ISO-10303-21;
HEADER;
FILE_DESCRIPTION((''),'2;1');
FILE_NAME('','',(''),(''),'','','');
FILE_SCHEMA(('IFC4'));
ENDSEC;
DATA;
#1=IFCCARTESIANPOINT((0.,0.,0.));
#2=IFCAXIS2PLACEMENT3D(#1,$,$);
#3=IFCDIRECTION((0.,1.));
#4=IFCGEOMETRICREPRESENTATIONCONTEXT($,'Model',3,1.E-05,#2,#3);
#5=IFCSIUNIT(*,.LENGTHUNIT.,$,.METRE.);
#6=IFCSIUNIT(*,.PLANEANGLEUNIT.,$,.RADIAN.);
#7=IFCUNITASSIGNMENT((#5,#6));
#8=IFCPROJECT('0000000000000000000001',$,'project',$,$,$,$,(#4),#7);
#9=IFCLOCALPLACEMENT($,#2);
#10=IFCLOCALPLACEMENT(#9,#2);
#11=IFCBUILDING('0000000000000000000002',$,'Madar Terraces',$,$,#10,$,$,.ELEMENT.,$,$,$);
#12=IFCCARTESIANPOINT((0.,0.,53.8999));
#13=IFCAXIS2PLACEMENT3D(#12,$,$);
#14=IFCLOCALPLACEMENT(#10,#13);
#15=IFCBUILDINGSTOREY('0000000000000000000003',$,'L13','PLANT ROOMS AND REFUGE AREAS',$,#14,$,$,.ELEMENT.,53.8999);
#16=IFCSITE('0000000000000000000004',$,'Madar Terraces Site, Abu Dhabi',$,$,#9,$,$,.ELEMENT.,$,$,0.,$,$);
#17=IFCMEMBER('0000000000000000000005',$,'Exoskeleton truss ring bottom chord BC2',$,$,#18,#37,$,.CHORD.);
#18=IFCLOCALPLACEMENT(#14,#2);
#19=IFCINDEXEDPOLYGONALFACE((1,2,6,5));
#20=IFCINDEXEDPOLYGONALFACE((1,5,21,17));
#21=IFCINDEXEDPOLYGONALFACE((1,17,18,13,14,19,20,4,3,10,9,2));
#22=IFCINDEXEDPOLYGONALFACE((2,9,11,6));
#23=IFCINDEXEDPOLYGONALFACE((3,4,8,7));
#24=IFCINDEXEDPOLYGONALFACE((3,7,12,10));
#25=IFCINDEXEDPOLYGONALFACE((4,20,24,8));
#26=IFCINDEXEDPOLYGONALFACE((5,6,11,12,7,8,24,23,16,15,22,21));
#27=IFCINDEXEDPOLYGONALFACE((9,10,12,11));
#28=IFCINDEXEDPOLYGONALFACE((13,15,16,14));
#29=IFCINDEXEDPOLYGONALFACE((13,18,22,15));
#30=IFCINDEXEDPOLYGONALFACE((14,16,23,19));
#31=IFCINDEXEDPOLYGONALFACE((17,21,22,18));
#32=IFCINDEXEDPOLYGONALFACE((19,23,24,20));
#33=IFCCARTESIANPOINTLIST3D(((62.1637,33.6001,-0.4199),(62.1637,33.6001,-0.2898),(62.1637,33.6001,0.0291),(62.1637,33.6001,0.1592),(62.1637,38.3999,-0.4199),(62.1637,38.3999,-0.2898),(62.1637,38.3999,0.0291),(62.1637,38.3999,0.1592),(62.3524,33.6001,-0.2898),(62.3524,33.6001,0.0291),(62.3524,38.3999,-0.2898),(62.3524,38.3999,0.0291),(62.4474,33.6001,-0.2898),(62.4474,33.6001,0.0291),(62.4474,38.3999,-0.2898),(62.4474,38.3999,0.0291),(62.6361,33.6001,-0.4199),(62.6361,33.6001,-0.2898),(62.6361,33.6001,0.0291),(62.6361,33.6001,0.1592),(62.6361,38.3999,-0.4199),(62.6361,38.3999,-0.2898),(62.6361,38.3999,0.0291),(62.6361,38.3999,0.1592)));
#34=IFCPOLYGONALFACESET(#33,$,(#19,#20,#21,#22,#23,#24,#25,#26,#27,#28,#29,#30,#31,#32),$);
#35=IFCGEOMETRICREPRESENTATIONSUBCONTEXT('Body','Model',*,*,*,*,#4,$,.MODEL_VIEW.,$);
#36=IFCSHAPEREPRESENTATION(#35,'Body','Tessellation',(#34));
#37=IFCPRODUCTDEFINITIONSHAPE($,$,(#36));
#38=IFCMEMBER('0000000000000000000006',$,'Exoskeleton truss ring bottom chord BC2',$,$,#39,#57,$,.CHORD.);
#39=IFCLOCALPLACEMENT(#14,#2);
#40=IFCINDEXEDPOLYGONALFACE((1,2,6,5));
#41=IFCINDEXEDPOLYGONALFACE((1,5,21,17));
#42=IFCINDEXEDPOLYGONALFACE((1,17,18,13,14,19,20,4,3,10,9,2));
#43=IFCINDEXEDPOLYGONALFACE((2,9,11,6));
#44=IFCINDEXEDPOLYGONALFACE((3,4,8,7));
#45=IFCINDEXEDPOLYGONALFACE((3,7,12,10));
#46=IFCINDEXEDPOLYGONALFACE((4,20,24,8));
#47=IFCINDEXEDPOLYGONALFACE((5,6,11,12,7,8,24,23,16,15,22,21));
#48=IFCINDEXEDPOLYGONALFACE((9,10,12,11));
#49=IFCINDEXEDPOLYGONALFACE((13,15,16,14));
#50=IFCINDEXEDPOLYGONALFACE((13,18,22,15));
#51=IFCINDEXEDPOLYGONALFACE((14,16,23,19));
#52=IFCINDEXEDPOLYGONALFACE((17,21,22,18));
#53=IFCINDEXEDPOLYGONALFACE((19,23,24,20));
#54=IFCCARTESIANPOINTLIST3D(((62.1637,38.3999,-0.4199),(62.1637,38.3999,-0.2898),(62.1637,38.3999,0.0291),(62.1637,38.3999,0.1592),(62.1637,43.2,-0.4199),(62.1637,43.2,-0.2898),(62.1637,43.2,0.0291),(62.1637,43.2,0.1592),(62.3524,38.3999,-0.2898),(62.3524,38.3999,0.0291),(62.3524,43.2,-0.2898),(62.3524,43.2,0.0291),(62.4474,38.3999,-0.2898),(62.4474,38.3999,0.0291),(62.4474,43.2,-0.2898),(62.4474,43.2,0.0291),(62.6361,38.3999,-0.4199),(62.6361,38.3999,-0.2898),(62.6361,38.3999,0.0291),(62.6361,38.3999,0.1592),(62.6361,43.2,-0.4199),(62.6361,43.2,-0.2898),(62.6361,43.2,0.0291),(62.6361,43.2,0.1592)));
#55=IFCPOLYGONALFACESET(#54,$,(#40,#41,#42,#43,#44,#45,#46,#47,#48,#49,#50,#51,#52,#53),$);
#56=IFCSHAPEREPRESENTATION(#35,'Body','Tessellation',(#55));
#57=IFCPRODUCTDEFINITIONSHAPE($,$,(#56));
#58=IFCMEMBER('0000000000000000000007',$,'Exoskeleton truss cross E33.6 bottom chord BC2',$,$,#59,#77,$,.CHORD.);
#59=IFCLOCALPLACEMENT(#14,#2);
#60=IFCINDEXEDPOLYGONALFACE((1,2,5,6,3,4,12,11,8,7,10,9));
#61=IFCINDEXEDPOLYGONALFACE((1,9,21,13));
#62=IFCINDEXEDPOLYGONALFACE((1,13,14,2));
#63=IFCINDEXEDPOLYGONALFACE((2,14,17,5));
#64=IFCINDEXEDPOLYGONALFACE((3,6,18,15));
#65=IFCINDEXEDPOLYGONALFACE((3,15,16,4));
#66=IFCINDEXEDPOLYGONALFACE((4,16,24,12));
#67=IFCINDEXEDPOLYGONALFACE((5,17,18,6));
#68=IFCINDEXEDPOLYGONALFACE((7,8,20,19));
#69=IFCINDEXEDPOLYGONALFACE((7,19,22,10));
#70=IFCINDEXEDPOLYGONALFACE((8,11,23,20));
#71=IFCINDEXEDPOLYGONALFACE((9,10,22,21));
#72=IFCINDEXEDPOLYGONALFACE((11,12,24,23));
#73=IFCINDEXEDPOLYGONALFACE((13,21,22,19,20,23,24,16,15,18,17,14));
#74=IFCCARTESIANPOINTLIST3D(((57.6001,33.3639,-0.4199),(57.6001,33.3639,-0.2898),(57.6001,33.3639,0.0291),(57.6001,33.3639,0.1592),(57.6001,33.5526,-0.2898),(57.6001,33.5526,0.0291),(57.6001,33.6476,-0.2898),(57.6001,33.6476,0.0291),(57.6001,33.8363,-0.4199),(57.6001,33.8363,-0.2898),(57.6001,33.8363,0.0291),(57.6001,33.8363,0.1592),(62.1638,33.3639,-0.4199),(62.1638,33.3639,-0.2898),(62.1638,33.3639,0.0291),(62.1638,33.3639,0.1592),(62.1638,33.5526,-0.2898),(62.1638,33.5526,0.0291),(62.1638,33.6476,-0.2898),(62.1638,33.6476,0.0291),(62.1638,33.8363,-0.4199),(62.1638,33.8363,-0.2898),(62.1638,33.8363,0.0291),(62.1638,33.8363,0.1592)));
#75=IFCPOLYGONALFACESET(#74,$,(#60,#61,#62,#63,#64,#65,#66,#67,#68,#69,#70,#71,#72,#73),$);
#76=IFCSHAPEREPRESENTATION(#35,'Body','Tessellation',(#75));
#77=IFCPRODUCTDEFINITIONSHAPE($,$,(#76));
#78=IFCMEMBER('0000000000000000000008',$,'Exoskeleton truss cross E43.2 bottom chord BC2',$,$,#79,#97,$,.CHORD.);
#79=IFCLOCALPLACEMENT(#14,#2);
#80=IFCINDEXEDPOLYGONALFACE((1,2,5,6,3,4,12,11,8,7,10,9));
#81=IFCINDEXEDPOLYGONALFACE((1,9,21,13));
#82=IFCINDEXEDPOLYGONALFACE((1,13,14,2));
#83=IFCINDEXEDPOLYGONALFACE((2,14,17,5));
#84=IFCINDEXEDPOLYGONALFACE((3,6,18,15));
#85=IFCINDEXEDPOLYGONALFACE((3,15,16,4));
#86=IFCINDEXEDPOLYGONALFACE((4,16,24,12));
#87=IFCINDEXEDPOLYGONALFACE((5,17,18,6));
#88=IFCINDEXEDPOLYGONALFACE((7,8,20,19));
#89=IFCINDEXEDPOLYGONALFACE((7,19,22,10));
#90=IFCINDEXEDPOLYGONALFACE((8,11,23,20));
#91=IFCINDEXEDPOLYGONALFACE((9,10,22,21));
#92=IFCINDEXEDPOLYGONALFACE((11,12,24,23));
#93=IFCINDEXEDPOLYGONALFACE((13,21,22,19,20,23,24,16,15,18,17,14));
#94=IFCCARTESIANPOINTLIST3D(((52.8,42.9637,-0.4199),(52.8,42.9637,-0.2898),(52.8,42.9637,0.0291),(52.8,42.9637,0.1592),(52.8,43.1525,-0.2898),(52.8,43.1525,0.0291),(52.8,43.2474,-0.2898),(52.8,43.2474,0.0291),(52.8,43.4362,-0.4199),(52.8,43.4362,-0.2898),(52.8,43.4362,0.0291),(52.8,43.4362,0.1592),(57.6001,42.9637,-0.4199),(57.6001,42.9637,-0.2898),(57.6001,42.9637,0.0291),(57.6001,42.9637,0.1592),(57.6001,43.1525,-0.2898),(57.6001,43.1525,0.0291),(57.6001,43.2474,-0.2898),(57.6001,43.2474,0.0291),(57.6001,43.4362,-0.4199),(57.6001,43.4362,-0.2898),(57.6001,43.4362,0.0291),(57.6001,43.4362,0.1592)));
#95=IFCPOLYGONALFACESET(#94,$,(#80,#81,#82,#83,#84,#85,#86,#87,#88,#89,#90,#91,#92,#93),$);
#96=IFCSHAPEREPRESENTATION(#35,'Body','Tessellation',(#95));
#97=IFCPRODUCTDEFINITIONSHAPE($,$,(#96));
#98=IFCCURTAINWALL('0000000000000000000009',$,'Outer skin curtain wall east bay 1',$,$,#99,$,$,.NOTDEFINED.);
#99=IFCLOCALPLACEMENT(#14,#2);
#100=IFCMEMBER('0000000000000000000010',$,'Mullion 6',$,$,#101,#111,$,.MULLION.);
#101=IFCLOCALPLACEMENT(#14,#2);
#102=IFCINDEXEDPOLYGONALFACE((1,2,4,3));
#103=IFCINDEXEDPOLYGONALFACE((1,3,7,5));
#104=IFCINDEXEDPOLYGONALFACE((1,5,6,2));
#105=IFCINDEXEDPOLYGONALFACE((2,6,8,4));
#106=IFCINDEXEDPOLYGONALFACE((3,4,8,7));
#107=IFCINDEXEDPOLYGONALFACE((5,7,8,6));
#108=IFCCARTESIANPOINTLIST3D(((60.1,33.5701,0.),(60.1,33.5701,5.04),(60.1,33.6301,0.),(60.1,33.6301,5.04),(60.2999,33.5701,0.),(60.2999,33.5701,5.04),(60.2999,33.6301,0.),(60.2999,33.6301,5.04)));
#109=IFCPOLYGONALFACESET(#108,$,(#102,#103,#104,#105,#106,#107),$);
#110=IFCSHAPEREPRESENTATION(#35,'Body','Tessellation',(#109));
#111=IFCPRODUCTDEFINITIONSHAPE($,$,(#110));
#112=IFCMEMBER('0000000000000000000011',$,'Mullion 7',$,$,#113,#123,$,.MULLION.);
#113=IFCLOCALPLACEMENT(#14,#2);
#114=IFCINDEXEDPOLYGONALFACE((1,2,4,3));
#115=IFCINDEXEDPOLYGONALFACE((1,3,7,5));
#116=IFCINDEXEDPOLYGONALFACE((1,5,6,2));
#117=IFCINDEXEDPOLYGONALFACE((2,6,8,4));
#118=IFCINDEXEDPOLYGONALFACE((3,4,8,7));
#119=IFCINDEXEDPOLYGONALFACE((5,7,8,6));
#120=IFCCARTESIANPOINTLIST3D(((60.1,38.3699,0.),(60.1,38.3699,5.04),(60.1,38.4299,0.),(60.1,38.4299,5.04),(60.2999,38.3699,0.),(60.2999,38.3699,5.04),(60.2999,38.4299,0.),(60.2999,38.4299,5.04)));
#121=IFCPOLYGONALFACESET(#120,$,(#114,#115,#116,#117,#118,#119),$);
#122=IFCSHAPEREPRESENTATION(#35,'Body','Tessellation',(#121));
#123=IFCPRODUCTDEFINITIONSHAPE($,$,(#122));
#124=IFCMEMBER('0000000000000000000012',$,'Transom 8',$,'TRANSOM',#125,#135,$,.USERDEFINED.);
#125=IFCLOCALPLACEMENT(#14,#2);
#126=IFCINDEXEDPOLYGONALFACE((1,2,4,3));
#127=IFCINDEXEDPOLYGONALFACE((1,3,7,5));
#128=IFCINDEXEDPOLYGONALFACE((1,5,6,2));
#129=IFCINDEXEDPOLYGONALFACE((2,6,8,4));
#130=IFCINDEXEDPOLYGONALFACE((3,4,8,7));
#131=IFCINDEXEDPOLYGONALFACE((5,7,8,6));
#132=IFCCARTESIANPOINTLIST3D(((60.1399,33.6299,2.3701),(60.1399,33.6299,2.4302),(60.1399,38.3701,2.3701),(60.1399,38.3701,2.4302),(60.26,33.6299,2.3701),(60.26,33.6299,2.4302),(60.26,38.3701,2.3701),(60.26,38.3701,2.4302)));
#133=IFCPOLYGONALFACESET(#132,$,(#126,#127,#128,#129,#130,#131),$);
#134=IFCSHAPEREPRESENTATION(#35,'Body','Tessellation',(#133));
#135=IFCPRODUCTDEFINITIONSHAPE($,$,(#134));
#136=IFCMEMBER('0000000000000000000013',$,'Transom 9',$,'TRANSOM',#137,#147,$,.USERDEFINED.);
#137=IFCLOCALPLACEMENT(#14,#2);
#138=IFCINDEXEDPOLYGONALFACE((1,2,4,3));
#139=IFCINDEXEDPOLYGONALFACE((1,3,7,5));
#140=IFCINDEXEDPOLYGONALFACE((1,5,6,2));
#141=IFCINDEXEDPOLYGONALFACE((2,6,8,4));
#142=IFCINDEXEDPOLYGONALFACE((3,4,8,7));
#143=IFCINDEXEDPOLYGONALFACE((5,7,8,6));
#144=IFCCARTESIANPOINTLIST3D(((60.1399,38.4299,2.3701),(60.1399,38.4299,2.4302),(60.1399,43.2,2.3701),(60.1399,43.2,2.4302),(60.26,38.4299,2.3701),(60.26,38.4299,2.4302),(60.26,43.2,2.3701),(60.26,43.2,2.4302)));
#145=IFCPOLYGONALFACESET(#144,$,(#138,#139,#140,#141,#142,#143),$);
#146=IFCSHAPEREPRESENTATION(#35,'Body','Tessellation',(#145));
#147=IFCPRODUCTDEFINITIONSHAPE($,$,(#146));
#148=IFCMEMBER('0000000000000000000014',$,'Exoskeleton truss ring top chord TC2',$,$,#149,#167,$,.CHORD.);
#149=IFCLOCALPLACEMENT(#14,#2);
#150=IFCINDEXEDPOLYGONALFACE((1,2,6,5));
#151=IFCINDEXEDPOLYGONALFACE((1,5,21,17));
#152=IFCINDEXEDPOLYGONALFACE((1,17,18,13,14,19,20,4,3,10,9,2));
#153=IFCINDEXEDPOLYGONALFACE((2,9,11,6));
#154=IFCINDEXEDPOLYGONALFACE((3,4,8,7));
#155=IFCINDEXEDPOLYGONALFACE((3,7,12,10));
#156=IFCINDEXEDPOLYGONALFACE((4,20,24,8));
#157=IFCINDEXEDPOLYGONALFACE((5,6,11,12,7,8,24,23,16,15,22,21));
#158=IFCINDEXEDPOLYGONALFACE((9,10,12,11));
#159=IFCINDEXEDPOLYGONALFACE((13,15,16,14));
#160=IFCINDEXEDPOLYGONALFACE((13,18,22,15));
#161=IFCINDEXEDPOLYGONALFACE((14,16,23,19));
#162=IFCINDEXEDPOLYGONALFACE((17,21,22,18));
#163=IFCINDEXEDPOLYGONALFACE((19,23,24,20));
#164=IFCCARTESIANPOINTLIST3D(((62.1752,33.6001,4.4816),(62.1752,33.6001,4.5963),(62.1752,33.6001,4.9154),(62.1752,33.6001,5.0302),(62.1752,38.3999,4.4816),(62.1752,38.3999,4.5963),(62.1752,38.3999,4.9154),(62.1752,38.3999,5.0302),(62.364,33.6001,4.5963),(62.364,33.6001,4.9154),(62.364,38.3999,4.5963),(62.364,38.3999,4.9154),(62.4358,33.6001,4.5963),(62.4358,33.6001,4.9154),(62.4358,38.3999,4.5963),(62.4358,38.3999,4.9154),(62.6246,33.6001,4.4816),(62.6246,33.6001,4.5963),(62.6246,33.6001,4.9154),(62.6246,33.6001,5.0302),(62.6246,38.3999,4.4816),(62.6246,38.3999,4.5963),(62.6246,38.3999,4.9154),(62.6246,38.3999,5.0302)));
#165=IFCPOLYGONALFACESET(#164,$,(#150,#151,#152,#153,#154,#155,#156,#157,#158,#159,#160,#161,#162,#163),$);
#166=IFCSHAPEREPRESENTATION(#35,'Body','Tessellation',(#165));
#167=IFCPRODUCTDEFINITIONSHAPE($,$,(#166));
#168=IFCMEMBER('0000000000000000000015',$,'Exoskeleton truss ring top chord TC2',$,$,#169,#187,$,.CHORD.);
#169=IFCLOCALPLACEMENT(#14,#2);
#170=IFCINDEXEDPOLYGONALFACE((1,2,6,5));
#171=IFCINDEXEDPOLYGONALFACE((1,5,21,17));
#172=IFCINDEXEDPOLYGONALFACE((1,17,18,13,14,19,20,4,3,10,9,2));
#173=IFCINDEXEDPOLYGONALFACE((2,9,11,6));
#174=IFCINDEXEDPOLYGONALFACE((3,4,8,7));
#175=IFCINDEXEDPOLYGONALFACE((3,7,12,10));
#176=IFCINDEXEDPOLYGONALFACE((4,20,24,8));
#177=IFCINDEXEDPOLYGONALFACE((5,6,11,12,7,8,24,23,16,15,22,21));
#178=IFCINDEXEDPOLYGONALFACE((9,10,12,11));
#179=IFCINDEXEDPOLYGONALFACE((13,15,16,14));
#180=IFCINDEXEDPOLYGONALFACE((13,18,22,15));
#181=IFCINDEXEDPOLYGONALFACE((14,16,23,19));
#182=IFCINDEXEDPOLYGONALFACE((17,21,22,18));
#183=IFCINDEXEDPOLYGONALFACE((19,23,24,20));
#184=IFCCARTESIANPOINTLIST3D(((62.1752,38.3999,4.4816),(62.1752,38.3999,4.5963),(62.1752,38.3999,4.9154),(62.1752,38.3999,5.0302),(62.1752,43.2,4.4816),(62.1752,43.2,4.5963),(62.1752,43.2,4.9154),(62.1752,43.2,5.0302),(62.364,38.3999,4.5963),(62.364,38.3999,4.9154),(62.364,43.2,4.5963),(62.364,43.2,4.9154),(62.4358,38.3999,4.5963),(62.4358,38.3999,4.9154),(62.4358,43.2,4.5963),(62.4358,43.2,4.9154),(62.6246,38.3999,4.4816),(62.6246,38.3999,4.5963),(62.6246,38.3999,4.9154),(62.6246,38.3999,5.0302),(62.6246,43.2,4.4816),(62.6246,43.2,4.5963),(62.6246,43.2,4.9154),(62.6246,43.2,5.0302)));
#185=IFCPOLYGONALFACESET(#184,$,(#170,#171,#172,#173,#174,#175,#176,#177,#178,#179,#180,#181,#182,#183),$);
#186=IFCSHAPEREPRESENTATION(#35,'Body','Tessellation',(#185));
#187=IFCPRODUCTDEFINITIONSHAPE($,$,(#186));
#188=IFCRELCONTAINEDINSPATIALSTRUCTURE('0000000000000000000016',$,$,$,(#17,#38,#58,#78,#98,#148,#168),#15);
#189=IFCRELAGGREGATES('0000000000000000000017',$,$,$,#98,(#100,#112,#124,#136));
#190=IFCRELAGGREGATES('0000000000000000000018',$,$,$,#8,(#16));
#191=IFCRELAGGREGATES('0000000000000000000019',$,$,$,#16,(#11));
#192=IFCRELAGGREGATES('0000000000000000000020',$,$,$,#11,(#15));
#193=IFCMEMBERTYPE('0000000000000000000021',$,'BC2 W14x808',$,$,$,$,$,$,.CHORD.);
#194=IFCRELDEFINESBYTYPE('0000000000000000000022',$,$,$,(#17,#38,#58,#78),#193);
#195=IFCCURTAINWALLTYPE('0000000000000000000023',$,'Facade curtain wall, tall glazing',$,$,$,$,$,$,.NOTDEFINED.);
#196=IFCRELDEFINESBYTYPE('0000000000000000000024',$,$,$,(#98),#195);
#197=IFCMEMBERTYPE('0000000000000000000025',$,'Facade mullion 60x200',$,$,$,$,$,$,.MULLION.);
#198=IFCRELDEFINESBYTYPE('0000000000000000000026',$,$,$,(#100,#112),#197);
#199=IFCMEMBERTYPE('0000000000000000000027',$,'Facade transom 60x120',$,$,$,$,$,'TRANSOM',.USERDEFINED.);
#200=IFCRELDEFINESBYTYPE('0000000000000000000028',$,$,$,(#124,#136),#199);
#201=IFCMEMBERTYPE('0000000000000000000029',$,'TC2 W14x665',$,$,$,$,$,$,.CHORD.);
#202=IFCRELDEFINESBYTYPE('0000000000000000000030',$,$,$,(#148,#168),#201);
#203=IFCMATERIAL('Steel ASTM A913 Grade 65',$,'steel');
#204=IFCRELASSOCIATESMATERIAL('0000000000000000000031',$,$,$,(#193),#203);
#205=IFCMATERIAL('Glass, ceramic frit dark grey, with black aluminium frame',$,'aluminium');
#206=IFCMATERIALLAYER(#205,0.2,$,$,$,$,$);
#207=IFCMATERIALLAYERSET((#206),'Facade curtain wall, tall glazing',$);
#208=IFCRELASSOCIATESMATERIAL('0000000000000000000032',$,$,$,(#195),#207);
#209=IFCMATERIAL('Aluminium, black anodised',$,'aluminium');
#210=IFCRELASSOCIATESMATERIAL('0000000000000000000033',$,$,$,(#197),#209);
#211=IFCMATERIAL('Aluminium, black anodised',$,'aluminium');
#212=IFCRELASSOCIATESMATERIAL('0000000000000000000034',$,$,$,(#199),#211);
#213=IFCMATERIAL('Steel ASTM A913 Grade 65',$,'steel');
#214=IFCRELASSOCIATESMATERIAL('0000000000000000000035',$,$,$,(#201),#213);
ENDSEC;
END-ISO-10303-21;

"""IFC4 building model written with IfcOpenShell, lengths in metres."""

from ifc_helpers import new_model, si_unit, direction, frame, origin, origin_2d, place, context, subcontext, project, spatial, rectangle, i_section, extrude, material, layer, layer_set, material_profile, profile_set, type_object, element, aggregate, save


model = new_model("IFC4")

# Units and contexts
model_context = context("Model", 3, precision=1e-05, world=origin(), true_north=direction((0.0, 1.0)))
body_context = subcontext(model_context, "Body", "Model", "MODEL_VIEW")
ifc_project = project(units=[si_unit("LENGTHUNIT", "METRE"), si_unit("PLANEANGLEUNIT", "RADIAN")], contexts=[model_context])

# Site, building, storey
site_placement = place(None, origin())
site = spatial("IfcSite", under=ifc_project, at=site_placement, Name="Madar Terraces Site, Abu Dhabi", CompositionType="ELEMENT", RefElevation=0.0)
building_placement = place(site_placement, origin())
building = spatial("IfcBuilding", under=site, at=building_placement, Name="Madar Terraces", CompositionType="ELEMENT")
storey_placement = place(building_placement, frame((0.0, 0.0, 53.8999)))
storey = spatial("IfcBuildingStorey", under=building, at=storey_placement, Name="L13", Description="PLANT ROOMS AND REFUGE AREAS", CompositionType="ELEMENT", Elevation=53.8999)

# Members
ifc_material_1 = material(Name="Steel ASTM A913 Grade 65", Category="steel")
ifc_material_profile_1 = material_profile(ifc_material_1, i_section(OverallWidth=0.4724, OverallDepth=0.5791, WebThickness=0.095, FlangeThickness=0.1301, at=origin_2d()), Name="W14x808")
ifc_profile_set_1 = profile_set([ifc_material_profile_1], Name="Steel ASTM A913 Grade 65")
member_type_1 = type_object("IfcMemberType", Name="BC2 W14x808", PredefinedType="CHORD", material=ifc_profile_set_1)
member_1_placement = place(storey_placement, frame((62.3999, 33.6001, -0.1304), z_axis=(0.0, 1.0, 0.0), x_axis=(-1.0, 0.0, 0.0)))
element("IfcMember", 1, at=member_1_placement, inside=storey, type_object=member_type_1, Name="Exoskeleton truss ring bottom chord BC2", PredefinedType="CHORD", context=body_context, shape_type="SweptSolid", body=[
    extrude(i_section(OverallWidth=0.4724, OverallDepth=0.5791, WebThickness=0.095, FlangeThickness=0.1301, at=origin_2d()), origin(), (0.0, 0.0, 1.0), 4.7998),
])
member_2_placement = place(storey_placement, frame((62.3999, 38.3999, -0.1304), z_axis=(0.0, 1.0, 0.0), x_axis=(-1.0, 0.0, 0.0)))
element("IfcMember", 2, at=member_2_placement, inside=storey, type_object=member_type_1, Name="Exoskeleton truss ring bottom chord BC2", PredefinedType="CHORD", context=body_context, shape_type="SweptSolid", body=[
    extrude(i_section(OverallWidth=0.4724, OverallDepth=0.5791, WebThickness=0.095, FlangeThickness=0.1301, at=origin_2d()), origin(), (0.0, 0.0, 1.0), 4.8),
])
member_3_placement = place(storey_placement, frame((62.1638, 33.6001, -0.1304), z_axis=(-1.0, 0.0, 0.0), x_axis=(0.0, -1.0, 0.0)))
element("IfcMember", 3, at=member_3_placement, inside=storey, type_object=member_type_1, Name="Exoskeleton truss cross E33.6 bottom chord BC2", PredefinedType="CHORD", context=body_context, shape_type="SweptSolid", body=[
    extrude(i_section(OverallWidth=0.4724, OverallDepth=0.5791, WebThickness=0.095, FlangeThickness=0.1301, at=origin_2d()), origin(), (0.0, 0.0, 1.0), 4.5637),
])
member_4_placement = place(storey_placement, frame((57.6001, 43.2, -0.1304), z_axis=(-1.0, 0.0, 0.0), x_axis=(0.0, -1.0, 0.0)))
element("IfcMember", 4, at=member_4_placement, inside=storey, type_object=member_type_1, Name="Exoskeleton truss cross E43.2 bottom chord BC2", PredefinedType="CHORD", context=body_context, shape_type="SweptSolid", body=[
    extrude(i_section(OverallWidth=0.4724, OverallDepth=0.5791, WebThickness=0.095, FlangeThickness=0.1301, at=origin_2d()), origin(), (0.0, 0.0, 1.0), 4.8),
])

# Curtain wall, members
ifc_material_2 = material(Name="Glass, ceramic frit dark grey, with black aluminium frame", Category="aluminium")
ifc_layer_1 = layer(ifc_material_2, 0.2)
ifc_layer_set_1 = layer_set([ifc_layer_1], Name="Facade curtain wall, tall glazing")
curtain_wall_type = type_object("IfcCurtainWallType", Name="Facade curtain wall, tall glazing", PredefinedType="NOTDEFINED", material=ifc_layer_set_1)
curtain_wall_placement = place(storey_placement, origin())
curtain_wall = element("IfcCurtainWall", 5, at=curtain_wall_placement, inside=storey, type_object=curtain_wall_type, Name="Outer skin curtain wall east bay 1", PredefinedType="NOTDEFINED")
ifc_material_3 = material(Name="Aluminium, black anodised", Category="aluminium")
ifc_material_profile_2 = material_profile(ifc_material_3, rectangle(XDim=0.2, YDim=0.0601, at=origin_2d()), Name="Facade mullion 60x200")
ifc_profile_set_2 = profile_set([ifc_material_profile_2], Name="Aluminium, black anodised")
member_type_2 = type_object("IfcMemberType", Name="Facade mullion 60x200", PredefinedType="MULLION", material=ifc_profile_set_2)
member_5_placement = place(storey_placement, frame((60.2, 33.6001, 0.0), z_axis=(0.0, 0.0, 1.0), x_axis=(-1.0, 0.0, 0.0)))
member_5 = element("IfcMember", 6, at=member_5_placement, type_object=member_type_2, Name="Mullion 6", PredefinedType="MULLION", context=body_context, shape_type="SweptSolid", body=[
    extrude(rectangle(XDim=0.2, YDim=0.0601, at=origin_2d()), origin(), (0.0, 0.0, 1.0), 5.04),
])
member_6_placement = place(storey_placement, frame((60.2, 38.3999, 0.0), z_axis=(0.0, 0.0, 1.0), x_axis=(-1.0, 0.0, 0.0)))
member_6 = element("IfcMember", 7, at=member_6_placement, type_object=member_type_2, Name="Mullion 7", PredefinedType="MULLION", context=body_context, shape_type="SweptSolid", body=[
    extrude(rectangle(XDim=0.2, YDim=0.0601, at=origin_2d()), origin(), (0.0, 0.0, 1.0), 5.04),
])
ifc_material_4 = material(Name="Aluminium, black anodised", Category="aluminium")
ifc_material_profile_3 = material_profile(ifc_material_4, rectangle(XDim=0.1201, YDim=0.0601, at=origin_2d()), Name="Facade transom 60x120")
ifc_profile_set_3 = profile_set([ifc_material_profile_3], Name="Aluminium, black anodised")
member_type_3 = type_object("IfcMemberType", Name="Facade transom 60x120", ElementType="TRANSOM", PredefinedType="USERDEFINED", material=ifc_profile_set_3)
member_7_placement = place(storey_placement, frame((60.2, 33.6299, 2.4001), z_axis=(0.0, 1.0, 0.0), x_axis=(-1.0, 0.0, 0.0)))
member_7 = element("IfcMember", 8, at=member_7_placement, type_object=member_type_3, Name="Transom 8", ObjectType="TRANSOM", PredefinedType="USERDEFINED", context=body_context, shape_type="SweptSolid", body=[
    extrude(rectangle(XDim=0.1201, YDim=0.0601, at=origin_2d()), origin(), (0.0, 0.0, 1.0), 4.7402),
])
member_8_placement = place(storey_placement, frame((60.2, 38.4299, 2.4001), z_axis=(0.0, 1.0, 0.0), x_axis=(-1.0, 0.0, 0.0)))
member_8 = element("IfcMember", 9, at=member_8_placement, type_object=member_type_3, Name="Transom 9", ObjectType="TRANSOM", PredefinedType="USERDEFINED", context=body_context, shape_type="SweptSolid", body=[
    extrude(rectangle(XDim=0.1201, YDim=0.0601, at=origin_2d()), origin(), (0.0, 0.0, 1.0), 4.77),
])

# Members
ifc_material_5 = material(Name="Steel ASTM A913 Grade 65", Category="steel")
ifc_material_profile_4 = material_profile(ifc_material_5, i_section(OverallWidth=0.4495, OverallDepth=0.5486, WebThickness=0.0718, FlangeThickness=0.1147, at=origin_2d()), Name="W14x665")
ifc_profile_set_4 = profile_set([ifc_material_profile_4], Name="Steel ASTM A913 Grade 65")
member_type_4 = type_object("IfcMemberType", Name="TC2 W14x665", PredefinedType="CHORD", material=ifc_profile_set_4)
member_9_placement = place(storey_placement, frame((62.3999, 33.6001, 4.7559), z_axis=(0.0, 1.0, 0.0), x_axis=(-1.0, 0.0, 0.0)))
element("IfcMember", 10, at=member_9_placement, inside=storey, type_object=member_type_4, Name="Exoskeleton truss ring top chord TC2", PredefinedType="CHORD", context=body_context, shape_type="SweptSolid", body=[
    extrude(i_section(OverallWidth=0.4495, OverallDepth=0.5486, WebThickness=0.0718, FlangeThickness=0.1147, at=origin_2d()), origin(), (0.0, 0.0, 1.0), 4.7998),
])
member_10_placement = place(storey_placement, frame((62.3999, 38.3999, 4.7559), z_axis=(0.0, 1.0, 0.0), x_axis=(-1.0, 0.0, 0.0)))
element("IfcMember", 11, at=member_10_placement, inside=storey, type_object=member_type_4, Name="Exoskeleton truss ring top chord TC2", PredefinedType="CHORD", context=body_context, shape_type="SweptSolid", body=[
    extrude(i_section(OverallWidth=0.4495, OverallDepth=0.5486, WebThickness=0.0718, FlangeThickness=0.1147, at=origin_2d()), origin(), (0.0, 0.0, 1.0), 4.8),
])

aggregate(curtain_wall, [member_5, member_6, member_7, member_8])

save(model, "model.ifc")
